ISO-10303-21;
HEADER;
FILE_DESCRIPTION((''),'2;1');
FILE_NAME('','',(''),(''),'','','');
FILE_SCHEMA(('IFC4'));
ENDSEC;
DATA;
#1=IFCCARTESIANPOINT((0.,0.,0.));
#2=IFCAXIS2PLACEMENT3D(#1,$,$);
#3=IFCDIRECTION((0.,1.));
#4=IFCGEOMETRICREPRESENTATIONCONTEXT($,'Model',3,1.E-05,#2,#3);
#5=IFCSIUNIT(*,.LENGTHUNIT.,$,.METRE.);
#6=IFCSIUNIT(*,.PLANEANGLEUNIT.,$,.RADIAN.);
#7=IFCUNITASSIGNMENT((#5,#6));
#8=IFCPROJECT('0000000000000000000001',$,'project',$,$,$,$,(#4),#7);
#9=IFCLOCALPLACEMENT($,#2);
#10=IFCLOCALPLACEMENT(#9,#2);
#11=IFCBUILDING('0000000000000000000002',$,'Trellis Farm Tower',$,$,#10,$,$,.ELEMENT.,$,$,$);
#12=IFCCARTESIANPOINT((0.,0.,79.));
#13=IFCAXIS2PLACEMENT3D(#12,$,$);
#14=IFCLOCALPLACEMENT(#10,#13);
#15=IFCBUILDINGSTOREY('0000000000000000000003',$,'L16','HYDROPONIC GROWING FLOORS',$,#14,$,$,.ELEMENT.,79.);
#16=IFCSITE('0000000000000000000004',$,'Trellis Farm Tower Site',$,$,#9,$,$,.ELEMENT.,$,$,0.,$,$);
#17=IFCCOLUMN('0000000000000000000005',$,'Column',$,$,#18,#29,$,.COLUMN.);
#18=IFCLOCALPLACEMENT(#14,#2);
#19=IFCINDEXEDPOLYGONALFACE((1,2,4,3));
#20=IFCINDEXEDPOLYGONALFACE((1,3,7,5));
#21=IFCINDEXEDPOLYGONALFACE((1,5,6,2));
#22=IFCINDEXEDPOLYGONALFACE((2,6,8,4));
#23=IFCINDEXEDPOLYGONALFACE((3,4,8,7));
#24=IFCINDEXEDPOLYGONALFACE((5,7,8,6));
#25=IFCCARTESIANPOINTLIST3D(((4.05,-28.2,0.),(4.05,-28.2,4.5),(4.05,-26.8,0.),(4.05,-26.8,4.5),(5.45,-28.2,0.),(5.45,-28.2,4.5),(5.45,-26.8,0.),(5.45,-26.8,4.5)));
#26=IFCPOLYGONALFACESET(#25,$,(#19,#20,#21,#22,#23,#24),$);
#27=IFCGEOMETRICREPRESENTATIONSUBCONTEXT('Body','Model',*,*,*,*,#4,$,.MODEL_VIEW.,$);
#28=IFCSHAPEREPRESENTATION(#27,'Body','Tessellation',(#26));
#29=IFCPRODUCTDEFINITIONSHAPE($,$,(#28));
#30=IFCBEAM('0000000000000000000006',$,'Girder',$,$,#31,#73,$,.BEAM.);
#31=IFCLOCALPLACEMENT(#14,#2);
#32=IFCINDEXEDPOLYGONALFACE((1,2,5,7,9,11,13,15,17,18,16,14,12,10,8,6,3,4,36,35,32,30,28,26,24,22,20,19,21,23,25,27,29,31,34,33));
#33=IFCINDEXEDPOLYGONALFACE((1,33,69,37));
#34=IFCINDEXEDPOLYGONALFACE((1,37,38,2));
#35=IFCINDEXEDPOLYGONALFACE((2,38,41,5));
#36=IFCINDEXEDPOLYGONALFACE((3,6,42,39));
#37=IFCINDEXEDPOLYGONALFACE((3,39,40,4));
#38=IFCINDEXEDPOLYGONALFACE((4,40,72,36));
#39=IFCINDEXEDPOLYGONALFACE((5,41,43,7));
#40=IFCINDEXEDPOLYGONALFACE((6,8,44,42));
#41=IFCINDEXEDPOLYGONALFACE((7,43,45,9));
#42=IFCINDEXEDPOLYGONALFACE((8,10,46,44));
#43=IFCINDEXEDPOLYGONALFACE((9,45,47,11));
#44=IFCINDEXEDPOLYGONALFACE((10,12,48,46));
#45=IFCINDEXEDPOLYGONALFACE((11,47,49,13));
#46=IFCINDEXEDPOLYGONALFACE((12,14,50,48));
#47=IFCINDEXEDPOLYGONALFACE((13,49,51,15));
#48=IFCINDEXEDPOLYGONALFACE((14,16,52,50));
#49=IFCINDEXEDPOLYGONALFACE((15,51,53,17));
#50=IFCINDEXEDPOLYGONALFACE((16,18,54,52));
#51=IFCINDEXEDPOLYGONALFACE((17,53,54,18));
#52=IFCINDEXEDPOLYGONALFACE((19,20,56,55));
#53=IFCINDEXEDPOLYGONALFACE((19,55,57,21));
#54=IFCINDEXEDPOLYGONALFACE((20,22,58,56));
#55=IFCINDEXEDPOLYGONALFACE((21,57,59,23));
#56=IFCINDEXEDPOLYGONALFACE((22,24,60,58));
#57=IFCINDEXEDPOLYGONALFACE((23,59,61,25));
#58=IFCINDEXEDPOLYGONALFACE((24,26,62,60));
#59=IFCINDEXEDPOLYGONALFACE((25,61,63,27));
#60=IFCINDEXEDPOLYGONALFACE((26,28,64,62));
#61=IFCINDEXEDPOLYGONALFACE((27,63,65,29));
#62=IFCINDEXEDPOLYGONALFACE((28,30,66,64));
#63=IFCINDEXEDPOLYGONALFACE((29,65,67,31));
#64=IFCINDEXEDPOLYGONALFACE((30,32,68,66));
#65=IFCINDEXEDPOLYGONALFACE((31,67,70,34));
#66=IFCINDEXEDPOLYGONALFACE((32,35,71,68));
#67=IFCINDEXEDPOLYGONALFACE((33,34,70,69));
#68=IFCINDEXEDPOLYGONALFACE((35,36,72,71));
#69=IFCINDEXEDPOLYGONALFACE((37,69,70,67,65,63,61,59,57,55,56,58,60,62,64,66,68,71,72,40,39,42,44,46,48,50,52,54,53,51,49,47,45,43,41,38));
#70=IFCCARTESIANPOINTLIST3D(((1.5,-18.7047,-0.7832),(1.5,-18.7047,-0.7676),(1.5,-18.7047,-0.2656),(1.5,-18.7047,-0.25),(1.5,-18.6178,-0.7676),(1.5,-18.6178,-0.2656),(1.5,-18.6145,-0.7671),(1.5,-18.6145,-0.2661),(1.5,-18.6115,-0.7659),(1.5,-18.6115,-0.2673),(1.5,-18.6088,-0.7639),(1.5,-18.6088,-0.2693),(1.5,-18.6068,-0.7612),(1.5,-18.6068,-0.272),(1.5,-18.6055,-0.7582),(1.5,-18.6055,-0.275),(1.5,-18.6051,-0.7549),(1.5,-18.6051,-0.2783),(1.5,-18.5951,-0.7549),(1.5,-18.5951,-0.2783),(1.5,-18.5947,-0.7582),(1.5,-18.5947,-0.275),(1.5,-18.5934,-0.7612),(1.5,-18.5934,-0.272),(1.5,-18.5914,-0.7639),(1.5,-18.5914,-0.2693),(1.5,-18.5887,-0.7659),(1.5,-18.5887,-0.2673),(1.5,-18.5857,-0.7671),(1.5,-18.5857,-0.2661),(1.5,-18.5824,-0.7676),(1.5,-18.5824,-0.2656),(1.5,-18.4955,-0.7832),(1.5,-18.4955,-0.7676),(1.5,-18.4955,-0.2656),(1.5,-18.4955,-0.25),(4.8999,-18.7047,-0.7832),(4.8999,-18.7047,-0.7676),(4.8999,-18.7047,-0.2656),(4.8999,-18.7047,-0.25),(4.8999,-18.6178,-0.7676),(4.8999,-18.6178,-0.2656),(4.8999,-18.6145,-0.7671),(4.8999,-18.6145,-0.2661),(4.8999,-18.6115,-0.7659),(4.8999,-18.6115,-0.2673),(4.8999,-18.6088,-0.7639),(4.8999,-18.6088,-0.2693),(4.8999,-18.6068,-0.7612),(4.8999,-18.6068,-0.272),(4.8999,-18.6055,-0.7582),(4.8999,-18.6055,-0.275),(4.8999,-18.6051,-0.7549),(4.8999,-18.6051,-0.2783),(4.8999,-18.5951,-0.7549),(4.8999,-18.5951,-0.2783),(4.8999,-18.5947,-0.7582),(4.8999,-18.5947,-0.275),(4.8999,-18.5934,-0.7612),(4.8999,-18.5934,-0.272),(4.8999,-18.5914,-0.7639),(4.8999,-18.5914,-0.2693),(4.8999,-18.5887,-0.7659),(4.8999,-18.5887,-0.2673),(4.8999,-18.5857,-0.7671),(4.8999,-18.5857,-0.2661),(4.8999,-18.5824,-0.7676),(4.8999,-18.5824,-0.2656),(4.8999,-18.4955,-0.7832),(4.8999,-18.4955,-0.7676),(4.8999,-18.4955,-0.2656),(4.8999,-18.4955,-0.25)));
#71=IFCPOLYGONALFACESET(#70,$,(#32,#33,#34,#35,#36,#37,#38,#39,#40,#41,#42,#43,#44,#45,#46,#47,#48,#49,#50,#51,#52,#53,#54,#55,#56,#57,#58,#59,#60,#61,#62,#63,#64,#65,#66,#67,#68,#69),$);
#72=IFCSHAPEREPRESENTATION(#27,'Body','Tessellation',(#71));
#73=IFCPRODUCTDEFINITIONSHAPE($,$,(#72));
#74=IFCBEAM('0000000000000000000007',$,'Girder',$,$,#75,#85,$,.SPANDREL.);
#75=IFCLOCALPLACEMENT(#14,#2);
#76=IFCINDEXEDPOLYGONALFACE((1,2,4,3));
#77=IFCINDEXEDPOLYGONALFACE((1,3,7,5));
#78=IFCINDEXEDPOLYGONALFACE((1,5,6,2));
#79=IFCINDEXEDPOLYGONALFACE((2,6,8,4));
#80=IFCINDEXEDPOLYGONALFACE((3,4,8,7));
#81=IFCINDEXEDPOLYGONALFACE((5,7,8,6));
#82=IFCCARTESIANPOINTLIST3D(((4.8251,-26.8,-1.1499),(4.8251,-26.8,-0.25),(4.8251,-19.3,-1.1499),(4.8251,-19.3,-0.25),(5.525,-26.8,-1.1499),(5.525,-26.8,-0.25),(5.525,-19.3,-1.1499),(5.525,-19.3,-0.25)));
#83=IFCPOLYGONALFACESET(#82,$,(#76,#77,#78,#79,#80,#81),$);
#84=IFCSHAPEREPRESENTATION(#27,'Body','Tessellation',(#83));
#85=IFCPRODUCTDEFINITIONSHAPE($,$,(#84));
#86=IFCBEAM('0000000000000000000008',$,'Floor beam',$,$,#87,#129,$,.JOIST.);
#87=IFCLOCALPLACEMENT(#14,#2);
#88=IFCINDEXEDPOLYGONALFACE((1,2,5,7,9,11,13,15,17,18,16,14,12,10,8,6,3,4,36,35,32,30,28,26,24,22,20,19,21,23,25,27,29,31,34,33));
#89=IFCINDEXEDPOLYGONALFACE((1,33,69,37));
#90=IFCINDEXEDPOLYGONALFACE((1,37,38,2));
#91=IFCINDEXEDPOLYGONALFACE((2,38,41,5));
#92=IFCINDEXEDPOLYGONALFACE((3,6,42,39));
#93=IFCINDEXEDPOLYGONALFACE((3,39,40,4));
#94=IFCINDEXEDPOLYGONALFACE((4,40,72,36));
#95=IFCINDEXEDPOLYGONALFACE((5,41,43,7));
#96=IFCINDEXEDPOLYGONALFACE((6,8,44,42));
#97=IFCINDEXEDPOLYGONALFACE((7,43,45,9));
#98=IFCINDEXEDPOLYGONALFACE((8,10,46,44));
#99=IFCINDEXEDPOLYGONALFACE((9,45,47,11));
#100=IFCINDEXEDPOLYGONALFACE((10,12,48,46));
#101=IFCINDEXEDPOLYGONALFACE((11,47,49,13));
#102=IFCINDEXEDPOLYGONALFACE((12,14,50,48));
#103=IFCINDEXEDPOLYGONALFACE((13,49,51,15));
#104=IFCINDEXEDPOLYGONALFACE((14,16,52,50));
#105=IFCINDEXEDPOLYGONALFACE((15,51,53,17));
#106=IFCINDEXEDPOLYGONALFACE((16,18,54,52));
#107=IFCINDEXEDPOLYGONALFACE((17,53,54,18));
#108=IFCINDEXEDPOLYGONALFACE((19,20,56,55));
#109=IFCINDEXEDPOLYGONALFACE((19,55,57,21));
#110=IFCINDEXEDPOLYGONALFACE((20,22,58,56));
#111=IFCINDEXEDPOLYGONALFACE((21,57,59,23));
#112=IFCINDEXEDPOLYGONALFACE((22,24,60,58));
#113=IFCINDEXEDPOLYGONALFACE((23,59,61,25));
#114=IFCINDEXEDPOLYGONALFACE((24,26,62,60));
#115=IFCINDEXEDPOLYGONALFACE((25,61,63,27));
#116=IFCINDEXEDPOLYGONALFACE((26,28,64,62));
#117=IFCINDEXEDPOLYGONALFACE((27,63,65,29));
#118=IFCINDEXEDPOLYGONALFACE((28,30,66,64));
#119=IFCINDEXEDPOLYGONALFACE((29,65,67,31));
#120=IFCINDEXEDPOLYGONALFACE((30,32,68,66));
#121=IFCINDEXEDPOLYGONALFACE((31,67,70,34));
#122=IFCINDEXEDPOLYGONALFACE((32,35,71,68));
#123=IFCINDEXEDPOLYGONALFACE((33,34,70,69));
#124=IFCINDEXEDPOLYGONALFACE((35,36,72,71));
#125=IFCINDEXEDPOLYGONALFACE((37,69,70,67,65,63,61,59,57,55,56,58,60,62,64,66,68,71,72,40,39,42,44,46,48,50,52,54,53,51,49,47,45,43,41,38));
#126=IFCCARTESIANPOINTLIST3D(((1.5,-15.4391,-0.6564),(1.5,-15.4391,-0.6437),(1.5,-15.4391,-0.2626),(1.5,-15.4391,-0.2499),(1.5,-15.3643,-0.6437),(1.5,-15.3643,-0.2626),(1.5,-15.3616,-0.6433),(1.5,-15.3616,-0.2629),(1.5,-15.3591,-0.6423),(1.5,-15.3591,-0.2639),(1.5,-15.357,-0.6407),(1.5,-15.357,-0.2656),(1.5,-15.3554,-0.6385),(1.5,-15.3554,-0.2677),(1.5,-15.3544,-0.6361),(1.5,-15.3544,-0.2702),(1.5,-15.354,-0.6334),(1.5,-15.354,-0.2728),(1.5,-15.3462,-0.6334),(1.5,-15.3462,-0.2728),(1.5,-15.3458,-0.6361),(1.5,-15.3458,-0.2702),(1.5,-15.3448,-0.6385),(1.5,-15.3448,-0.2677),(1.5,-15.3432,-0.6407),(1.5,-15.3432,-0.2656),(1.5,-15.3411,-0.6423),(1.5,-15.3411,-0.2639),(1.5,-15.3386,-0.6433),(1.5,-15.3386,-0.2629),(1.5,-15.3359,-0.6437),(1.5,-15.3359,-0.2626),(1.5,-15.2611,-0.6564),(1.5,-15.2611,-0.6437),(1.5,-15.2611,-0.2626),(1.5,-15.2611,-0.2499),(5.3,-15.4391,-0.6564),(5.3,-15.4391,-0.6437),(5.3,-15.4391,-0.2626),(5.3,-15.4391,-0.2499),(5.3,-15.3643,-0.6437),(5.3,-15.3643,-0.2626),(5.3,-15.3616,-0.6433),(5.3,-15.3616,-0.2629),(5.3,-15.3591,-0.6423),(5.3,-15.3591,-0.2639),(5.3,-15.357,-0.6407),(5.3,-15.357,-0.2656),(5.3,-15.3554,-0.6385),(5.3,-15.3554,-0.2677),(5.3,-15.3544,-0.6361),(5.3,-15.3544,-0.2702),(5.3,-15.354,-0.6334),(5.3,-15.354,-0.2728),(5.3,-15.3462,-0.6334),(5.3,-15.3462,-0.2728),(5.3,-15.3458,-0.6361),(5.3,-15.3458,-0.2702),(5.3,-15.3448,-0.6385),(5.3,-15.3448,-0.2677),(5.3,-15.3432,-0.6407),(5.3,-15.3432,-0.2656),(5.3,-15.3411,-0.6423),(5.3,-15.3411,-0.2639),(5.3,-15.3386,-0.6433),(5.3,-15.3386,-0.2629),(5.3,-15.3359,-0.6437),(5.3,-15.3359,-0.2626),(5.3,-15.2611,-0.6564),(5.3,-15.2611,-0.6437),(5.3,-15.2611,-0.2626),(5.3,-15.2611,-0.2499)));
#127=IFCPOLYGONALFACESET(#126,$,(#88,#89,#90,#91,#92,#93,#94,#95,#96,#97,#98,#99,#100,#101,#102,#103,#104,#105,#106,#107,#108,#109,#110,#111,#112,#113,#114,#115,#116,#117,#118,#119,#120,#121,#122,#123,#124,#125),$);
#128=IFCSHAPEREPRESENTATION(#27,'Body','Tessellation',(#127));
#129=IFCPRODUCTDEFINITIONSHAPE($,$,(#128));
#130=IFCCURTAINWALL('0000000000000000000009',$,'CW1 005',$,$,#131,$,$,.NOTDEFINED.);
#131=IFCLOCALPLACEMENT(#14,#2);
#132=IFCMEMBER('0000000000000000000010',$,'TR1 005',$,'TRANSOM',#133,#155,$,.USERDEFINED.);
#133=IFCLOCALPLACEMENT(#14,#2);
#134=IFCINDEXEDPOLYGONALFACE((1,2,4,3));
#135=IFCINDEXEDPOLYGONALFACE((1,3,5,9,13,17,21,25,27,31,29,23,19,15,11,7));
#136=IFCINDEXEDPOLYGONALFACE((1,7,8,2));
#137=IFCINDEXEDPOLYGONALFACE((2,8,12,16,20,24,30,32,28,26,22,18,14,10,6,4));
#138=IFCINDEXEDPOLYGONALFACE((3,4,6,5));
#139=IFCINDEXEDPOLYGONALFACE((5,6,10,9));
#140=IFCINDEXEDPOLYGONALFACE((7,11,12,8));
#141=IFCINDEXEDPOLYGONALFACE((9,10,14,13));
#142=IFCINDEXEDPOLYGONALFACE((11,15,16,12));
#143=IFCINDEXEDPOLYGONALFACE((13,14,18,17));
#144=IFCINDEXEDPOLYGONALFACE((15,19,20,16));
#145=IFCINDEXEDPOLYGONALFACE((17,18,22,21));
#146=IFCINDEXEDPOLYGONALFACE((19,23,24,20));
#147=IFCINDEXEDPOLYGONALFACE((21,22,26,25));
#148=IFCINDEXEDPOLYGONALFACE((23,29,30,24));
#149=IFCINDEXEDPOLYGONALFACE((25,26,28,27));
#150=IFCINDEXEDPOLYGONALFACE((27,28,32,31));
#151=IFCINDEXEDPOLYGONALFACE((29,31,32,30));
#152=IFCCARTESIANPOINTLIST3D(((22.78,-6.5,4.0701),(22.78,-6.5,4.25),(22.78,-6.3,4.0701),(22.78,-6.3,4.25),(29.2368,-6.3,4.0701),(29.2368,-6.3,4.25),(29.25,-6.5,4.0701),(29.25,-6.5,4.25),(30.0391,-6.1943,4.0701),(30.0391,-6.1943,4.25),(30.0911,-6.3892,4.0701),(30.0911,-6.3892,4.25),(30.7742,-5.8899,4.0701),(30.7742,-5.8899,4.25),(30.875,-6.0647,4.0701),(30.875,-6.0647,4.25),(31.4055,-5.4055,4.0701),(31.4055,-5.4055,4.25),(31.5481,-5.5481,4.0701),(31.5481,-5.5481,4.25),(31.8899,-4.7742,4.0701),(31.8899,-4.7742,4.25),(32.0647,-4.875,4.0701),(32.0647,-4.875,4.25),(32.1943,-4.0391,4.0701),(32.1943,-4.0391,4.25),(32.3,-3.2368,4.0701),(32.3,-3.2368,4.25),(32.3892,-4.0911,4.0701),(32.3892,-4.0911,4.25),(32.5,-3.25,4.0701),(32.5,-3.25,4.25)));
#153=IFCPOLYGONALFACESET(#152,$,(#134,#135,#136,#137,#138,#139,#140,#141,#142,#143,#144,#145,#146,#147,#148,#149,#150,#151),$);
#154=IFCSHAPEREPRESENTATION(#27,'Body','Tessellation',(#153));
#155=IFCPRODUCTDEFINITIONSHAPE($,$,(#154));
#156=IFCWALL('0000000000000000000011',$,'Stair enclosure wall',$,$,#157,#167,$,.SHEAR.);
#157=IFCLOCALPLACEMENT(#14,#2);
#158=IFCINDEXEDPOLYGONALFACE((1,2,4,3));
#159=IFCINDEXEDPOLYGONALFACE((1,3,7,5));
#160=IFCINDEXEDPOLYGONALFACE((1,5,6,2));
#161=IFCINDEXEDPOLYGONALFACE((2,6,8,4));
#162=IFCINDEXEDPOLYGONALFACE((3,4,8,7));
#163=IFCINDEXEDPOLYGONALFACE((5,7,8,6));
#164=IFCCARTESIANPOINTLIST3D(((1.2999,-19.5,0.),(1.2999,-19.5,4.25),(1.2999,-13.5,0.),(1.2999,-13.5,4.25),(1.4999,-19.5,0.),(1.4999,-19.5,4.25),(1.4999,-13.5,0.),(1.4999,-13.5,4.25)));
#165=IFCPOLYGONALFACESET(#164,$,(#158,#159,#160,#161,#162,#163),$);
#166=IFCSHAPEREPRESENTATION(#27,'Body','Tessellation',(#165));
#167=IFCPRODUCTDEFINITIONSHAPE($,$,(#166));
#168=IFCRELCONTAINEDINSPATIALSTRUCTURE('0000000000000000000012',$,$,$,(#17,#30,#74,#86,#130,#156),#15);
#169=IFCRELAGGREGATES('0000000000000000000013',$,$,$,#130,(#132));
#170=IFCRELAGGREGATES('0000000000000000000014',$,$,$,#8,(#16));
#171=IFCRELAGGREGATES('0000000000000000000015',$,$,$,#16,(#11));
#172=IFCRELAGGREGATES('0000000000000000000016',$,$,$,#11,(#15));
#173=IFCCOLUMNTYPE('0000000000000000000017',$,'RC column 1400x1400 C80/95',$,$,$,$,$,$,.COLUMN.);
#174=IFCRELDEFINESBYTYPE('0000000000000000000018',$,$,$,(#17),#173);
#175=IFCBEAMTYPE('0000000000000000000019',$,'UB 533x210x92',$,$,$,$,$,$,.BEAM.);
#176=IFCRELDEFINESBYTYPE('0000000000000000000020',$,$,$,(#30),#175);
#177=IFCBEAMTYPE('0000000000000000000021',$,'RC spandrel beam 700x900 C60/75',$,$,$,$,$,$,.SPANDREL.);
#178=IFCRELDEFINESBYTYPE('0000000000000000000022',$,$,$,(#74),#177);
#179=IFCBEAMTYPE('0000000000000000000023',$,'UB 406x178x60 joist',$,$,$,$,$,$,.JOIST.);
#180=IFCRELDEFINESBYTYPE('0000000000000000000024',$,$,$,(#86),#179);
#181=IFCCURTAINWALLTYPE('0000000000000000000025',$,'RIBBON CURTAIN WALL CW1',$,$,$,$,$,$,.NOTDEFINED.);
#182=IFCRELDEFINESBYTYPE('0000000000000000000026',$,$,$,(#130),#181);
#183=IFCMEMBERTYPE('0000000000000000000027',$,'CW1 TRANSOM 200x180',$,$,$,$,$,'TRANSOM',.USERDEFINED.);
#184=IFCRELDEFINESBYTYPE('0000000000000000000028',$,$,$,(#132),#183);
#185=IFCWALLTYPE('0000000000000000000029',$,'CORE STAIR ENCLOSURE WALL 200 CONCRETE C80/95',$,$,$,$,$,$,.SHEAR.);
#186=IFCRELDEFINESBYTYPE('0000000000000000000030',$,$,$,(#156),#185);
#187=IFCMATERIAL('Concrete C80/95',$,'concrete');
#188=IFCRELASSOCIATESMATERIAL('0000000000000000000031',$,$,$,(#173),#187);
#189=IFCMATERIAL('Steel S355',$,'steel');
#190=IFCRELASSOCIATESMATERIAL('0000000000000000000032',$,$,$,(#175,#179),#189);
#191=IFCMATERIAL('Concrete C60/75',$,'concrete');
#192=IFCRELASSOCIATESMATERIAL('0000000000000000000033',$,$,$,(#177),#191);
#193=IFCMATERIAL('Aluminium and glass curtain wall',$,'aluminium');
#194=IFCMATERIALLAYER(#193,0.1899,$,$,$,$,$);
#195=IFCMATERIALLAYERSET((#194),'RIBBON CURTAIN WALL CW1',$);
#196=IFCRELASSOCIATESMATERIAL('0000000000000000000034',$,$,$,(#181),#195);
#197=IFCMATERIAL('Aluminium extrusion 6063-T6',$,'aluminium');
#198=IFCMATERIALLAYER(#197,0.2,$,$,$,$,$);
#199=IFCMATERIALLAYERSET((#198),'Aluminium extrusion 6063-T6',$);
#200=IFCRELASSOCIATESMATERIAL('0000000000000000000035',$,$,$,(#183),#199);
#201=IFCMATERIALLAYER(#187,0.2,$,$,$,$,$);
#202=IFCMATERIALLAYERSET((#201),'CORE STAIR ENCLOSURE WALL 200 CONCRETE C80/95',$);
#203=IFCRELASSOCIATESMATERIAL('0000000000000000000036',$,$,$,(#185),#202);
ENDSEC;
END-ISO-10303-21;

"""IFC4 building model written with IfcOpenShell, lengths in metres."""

from ifc_helpers import new_model, si_unit, direction, frame, frame_2d, origin, origin_2d, place, context, subcontext, project, spatial, polyline, rectangle, i_section, outline, extrude, source, transform, mapped, material, layer, layer_set, material_profile, profile_set, type_object, element, aggregate, save


model = new_model("IFC4")

# Units and contexts
model_context = context("Model", 3, precision=1e-05, world=origin(), true_north=direction((0.0, 1.0)))
body_context = subcontext(model_context, "Body", "Model", "MODEL_VIEW")
ifc_project = project(units=[si_unit("LENGTHUNIT", "METRE"), si_unit("PLANEANGLEUNIT", "RADIAN")], contexts=[model_context])

# Site, building, storey
site_placement = place(None, origin())
site = spatial("IfcSite", under=ifc_project, at=site_placement, Name="Trellis Farm Tower Site", CompositionType="ELEMENT", RefElevation=0.0)
building_placement = place(site_placement, origin())
building = spatial("IfcBuilding", under=site, at=building_placement, Name="Trellis Farm Tower", CompositionType="ELEMENT")
storey_placement = place(building_placement, frame((0.0, 0.0, 79.0)))
storey = spatial("IfcBuildingStorey", under=building, at=storey_placement, Name="L16", Description="HYDROPONIC GROWING FLOORS", CompositionType="ELEMENT", Elevation=79.0)

# Column
ifc_material_1 = material(Name="Concrete C80/95", Category="concrete")
ifc_material_profile_1 = material_profile(ifc_material_1, rectangle(XDim=1.3999, YDim=1.3999, at=origin_2d()), Name="RC column 1400x1400 C80/95")
ifc_profile_set_1 = profile_set([ifc_material_profile_1], Name="Concrete C80/95")
column_type = type_object("IfcColumnType", Name="RC column 1400x1400 C80/95", PredefinedType="COLUMN", material=ifc_profile_set_1)
shared_shape_1 = source(origin(), body_context, "Body", "SweptSolid", [
    extrude(rectangle(XDim=1.3999, YDim=1.3999, at=origin_2d()), origin(), (0.0, 0.0, 1.0), 4.5),
])
column_placement = place(storey_placement, frame((4.75, -27.5, 0.0), z_axis=(0.0, 0.0, 1.0), x_axis=(1.0, 0.0, 0.0)))
element("IfcColumn", 1, at=column_placement, inside=storey, type_object=column_type, Name="Column", PredefinedType="COLUMN", context=body_context, shape_type="MappedRepresentation", body=[
    mapped(shared_shape_1, transform((0.0, 0.0, 0.0))),
])

# Beams
ifc_material_2 = material(Name="Steel S355", Category="steel")
ifc_material_profile_2 = material_profile(ifc_material_2, i_section(OverallWidth=0.2092, OverallDepth=0.5332, WebThickness=0.01, FlangeThickness=0.0156, FilletRadius=0.0127, at=origin_2d()), Name="UB 533x210x92")
ifc_profile_set_2 = profile_set([ifc_material_profile_2], Name="Steel S355")
beam_type_1 = type_object("IfcBeamType", Name="UB 533x210x92", PredefinedType="BEAM", material=ifc_profile_set_2)
shared_shape_2 = source(origin(), body_context, "Body", "SweptSolid", [
    extrude(i_section(OverallWidth=0.2092, OverallDepth=0.5332, WebThickness=0.01, FlangeThickness=0.0156, FilletRadius=0.0127, at=origin_2d()), origin(), (0.0, 0.0, 1.0), 3.3999),
])
beam_1_placement = place(storey_placement, frame((1.5, -18.6001, -0.5166), z_axis=(1.0, 0.0, 0.0), x_axis=(0.0, 1.0, 0.0)))
element("IfcBeam", 2, at=beam_1_placement, inside=storey, type_object=beam_type_1, Name="Girder", PredefinedType="BEAM", context=body_context, shape_type="MappedRepresentation", body=[
    mapped(shared_shape_2, transform((0.0, 0.0, 0.0))),
])
ifc_material_3 = material(Name="Concrete C60/75", Category="concrete")
ifc_material_profile_3 = material_profile(ifc_material_3, rectangle(XDim=0.7, YDim=0.8999, at=origin_2d()), Name="RC spandrel beam 700x900 C60/75")
ifc_profile_set_3 = profile_set([ifc_material_profile_3], Name="Concrete C60/75")
beam_type_2 = type_object("IfcBeamType", Name="RC spandrel beam 700x900 C60/75", PredefinedType="SPANDREL", material=ifc_profile_set_3)
shared_shape_3 = source(origin(), body_context, "Body", "SweptSolid", [
    extrude(rectangle(XDim=0.7, YDim=0.8999, at=origin_2d()), origin(), (0.0, 0.0, 1.0), 7.5),
])
beam_2_placement = place(storey_placement, frame((5.175, -26.8, -0.7), z_axis=(0.0, 1.0, 0.0), x_axis=(-1.0, 0.0, 0.0)))
element("IfcBeam", 3, at=beam_2_placement, inside=storey, type_object=beam_type_2, Name="Girder", PredefinedType="SPANDREL", context=body_context, shape_type="MappedRepresentation", body=[
    mapped(shared_shape_3, transform((0.0, 0.0, 0.0))),
])
ifc_material_profile_4 = material_profile(ifc_material_2, i_section(OverallWidth=0.178, OverallDepth=0.4065, WebThickness=0.0078, FlangeThickness=0.0127, FilletRadius=0.0103, at=origin_2d()), Name="UB 406x178x60")
ifc_profile_set_4 = profile_set([ifc_material_profile_4], Name="Steel S355")
beam_type_3 = type_object("IfcBeamType", Name="UB 406x178x60 joist", PredefinedType="JOIST", material=ifc_profile_set_4)
shared_shape_4 = source(origin(), body_context, "Body", "SweptSolid", [
    extrude(i_section(OverallWidth=0.178, OverallDepth=0.4065, WebThickness=0.0078, FlangeThickness=0.0127, FilletRadius=0.0103, at=origin_2d()), origin(), (0.0, 0.0, 1.0), 3.8),
])
beam_3_placement = place(storey_placement, frame((1.5, -15.3501, -0.4531), z_axis=(1.0, 0.0, 0.0), x_axis=(0.0, 1.0, 0.0)))
element("IfcBeam", 4, at=beam_3_placement, inside=storey, type_object=beam_type_3, Name="Floor beam", PredefinedType="JOIST", context=body_context, shape_type="MappedRepresentation", body=[
    mapped(shared_shape_4, transform((0.0, 0.0, 0.0))),
])

# Curtain wall, member
ifc_material_4 = material(Name="Aluminium and glass curtain wall", Category="aluminium")
ifc_layer_1 = layer(ifc_material_4, 0.1899)
ifc_layer_set_1 = layer_set([ifc_layer_1], Name="RIBBON CURTAIN WALL CW1")
curtain_wall_type = type_object("IfcCurtainWallType", Name="RIBBON CURTAIN WALL CW1", PredefinedType="NOTDEFINED", material=ifc_layer_set_1)
placement = place(storey_placement, origin())
curtain_wall = element("IfcCurtainWall", 5, at=placement, inside=storey, type_object=curtain_wall_type, Name="CW1 005", PredefinedType="NOTDEFINED")
ifc_material_5 = material(Name="Aluminium extrusion 6063-T6", Category="aluminium")
ifc_layer_2 = layer(ifc_material_5, 0.2)
ifc_layer_set_2 = layer_set([ifc_layer_2], Name="Aluminium extrusion 6063-T6")
member_type = type_object("IfcMemberType", Name="CW1 TRANSOM 200x180", ElementType="TRANSOM", PredefinedType="USERDEFINED", material=ifc_layer_set_2)
shared_shape_5 = source(origin(), body_context, "Body", "SweptSolid", [
    extrude(outline(polyline([(22.78, -6.5), (29.25, -6.5), (30.0911, -6.3892), (30.875, -6.0647), (31.5481, -5.5481), (32.0647, -4.875), (32.3892, -4.0911), (32.5, -3.25), (32.3, -3.2368), (32.1943, -4.0391), (31.8899, -4.7742), (31.4055, -5.4055), (30.7742, -5.8899), (30.0391, -6.1943), (29.2368, -6.3), (22.78, -6.3), (22.78, -6.5)])), origin(), (0.0, 0.0, 1.0), 0.1799),
])
member_placement = place(storey_placement, frame((0.0, 0.0, 4.0701)))
member = element("IfcMember", 6, at=member_placement, type_object=member_type, Name="TR1 005", ObjectType="TRANSOM", PredefinedType="USERDEFINED", context=body_context, shape_type="MappedRepresentation", body=[
    mapped(shared_shape_5, transform((0.0, 0.0, 0.0))),
])
aggregate(curtain_wall, [member])

# Wall
ifc_layer_3 = layer(ifc_material_1, 0.2)
ifc_layer_set_3 = layer_set([ifc_layer_3], Name="CORE STAIR ENCLOSURE WALL 200 CONCRETE C80/95")
wall_type_1 = type_object("IfcWallType", Name="CORE STAIR ENCLOSURE WALL 200 CONCRETE C80/95", PredefinedType="SHEAR", material=ifc_layer_set_3)
shared_shape_6 = source(origin(), body_context, "Body", "SweptSolid", [
    extrude(rectangle(XDim=6.0, YDim=0.2, at=frame_2d((3.0, 0.0))), origin(), (0.0, 0.0, 1.0), 4.25),
])
wall_1_placement = place(storey_placement, frame((1.3999, -13.5, 0.0), z_axis=(0.0, 0.0, 1.0), x_axis=(0.0, -1.0, 0.0)))
element("IfcWall", 7, at=wall_1_placement, inside=storey, type_object=wall_type_1, Name="Stair enclosure wall", PredefinedType="SHEAR", context=body_context, shape_type="MappedRepresentation", body=[
    mapped(shared_shape_6, transform((0.0, 0.0, 0.0))),
])

save(model, "model.ifc")
